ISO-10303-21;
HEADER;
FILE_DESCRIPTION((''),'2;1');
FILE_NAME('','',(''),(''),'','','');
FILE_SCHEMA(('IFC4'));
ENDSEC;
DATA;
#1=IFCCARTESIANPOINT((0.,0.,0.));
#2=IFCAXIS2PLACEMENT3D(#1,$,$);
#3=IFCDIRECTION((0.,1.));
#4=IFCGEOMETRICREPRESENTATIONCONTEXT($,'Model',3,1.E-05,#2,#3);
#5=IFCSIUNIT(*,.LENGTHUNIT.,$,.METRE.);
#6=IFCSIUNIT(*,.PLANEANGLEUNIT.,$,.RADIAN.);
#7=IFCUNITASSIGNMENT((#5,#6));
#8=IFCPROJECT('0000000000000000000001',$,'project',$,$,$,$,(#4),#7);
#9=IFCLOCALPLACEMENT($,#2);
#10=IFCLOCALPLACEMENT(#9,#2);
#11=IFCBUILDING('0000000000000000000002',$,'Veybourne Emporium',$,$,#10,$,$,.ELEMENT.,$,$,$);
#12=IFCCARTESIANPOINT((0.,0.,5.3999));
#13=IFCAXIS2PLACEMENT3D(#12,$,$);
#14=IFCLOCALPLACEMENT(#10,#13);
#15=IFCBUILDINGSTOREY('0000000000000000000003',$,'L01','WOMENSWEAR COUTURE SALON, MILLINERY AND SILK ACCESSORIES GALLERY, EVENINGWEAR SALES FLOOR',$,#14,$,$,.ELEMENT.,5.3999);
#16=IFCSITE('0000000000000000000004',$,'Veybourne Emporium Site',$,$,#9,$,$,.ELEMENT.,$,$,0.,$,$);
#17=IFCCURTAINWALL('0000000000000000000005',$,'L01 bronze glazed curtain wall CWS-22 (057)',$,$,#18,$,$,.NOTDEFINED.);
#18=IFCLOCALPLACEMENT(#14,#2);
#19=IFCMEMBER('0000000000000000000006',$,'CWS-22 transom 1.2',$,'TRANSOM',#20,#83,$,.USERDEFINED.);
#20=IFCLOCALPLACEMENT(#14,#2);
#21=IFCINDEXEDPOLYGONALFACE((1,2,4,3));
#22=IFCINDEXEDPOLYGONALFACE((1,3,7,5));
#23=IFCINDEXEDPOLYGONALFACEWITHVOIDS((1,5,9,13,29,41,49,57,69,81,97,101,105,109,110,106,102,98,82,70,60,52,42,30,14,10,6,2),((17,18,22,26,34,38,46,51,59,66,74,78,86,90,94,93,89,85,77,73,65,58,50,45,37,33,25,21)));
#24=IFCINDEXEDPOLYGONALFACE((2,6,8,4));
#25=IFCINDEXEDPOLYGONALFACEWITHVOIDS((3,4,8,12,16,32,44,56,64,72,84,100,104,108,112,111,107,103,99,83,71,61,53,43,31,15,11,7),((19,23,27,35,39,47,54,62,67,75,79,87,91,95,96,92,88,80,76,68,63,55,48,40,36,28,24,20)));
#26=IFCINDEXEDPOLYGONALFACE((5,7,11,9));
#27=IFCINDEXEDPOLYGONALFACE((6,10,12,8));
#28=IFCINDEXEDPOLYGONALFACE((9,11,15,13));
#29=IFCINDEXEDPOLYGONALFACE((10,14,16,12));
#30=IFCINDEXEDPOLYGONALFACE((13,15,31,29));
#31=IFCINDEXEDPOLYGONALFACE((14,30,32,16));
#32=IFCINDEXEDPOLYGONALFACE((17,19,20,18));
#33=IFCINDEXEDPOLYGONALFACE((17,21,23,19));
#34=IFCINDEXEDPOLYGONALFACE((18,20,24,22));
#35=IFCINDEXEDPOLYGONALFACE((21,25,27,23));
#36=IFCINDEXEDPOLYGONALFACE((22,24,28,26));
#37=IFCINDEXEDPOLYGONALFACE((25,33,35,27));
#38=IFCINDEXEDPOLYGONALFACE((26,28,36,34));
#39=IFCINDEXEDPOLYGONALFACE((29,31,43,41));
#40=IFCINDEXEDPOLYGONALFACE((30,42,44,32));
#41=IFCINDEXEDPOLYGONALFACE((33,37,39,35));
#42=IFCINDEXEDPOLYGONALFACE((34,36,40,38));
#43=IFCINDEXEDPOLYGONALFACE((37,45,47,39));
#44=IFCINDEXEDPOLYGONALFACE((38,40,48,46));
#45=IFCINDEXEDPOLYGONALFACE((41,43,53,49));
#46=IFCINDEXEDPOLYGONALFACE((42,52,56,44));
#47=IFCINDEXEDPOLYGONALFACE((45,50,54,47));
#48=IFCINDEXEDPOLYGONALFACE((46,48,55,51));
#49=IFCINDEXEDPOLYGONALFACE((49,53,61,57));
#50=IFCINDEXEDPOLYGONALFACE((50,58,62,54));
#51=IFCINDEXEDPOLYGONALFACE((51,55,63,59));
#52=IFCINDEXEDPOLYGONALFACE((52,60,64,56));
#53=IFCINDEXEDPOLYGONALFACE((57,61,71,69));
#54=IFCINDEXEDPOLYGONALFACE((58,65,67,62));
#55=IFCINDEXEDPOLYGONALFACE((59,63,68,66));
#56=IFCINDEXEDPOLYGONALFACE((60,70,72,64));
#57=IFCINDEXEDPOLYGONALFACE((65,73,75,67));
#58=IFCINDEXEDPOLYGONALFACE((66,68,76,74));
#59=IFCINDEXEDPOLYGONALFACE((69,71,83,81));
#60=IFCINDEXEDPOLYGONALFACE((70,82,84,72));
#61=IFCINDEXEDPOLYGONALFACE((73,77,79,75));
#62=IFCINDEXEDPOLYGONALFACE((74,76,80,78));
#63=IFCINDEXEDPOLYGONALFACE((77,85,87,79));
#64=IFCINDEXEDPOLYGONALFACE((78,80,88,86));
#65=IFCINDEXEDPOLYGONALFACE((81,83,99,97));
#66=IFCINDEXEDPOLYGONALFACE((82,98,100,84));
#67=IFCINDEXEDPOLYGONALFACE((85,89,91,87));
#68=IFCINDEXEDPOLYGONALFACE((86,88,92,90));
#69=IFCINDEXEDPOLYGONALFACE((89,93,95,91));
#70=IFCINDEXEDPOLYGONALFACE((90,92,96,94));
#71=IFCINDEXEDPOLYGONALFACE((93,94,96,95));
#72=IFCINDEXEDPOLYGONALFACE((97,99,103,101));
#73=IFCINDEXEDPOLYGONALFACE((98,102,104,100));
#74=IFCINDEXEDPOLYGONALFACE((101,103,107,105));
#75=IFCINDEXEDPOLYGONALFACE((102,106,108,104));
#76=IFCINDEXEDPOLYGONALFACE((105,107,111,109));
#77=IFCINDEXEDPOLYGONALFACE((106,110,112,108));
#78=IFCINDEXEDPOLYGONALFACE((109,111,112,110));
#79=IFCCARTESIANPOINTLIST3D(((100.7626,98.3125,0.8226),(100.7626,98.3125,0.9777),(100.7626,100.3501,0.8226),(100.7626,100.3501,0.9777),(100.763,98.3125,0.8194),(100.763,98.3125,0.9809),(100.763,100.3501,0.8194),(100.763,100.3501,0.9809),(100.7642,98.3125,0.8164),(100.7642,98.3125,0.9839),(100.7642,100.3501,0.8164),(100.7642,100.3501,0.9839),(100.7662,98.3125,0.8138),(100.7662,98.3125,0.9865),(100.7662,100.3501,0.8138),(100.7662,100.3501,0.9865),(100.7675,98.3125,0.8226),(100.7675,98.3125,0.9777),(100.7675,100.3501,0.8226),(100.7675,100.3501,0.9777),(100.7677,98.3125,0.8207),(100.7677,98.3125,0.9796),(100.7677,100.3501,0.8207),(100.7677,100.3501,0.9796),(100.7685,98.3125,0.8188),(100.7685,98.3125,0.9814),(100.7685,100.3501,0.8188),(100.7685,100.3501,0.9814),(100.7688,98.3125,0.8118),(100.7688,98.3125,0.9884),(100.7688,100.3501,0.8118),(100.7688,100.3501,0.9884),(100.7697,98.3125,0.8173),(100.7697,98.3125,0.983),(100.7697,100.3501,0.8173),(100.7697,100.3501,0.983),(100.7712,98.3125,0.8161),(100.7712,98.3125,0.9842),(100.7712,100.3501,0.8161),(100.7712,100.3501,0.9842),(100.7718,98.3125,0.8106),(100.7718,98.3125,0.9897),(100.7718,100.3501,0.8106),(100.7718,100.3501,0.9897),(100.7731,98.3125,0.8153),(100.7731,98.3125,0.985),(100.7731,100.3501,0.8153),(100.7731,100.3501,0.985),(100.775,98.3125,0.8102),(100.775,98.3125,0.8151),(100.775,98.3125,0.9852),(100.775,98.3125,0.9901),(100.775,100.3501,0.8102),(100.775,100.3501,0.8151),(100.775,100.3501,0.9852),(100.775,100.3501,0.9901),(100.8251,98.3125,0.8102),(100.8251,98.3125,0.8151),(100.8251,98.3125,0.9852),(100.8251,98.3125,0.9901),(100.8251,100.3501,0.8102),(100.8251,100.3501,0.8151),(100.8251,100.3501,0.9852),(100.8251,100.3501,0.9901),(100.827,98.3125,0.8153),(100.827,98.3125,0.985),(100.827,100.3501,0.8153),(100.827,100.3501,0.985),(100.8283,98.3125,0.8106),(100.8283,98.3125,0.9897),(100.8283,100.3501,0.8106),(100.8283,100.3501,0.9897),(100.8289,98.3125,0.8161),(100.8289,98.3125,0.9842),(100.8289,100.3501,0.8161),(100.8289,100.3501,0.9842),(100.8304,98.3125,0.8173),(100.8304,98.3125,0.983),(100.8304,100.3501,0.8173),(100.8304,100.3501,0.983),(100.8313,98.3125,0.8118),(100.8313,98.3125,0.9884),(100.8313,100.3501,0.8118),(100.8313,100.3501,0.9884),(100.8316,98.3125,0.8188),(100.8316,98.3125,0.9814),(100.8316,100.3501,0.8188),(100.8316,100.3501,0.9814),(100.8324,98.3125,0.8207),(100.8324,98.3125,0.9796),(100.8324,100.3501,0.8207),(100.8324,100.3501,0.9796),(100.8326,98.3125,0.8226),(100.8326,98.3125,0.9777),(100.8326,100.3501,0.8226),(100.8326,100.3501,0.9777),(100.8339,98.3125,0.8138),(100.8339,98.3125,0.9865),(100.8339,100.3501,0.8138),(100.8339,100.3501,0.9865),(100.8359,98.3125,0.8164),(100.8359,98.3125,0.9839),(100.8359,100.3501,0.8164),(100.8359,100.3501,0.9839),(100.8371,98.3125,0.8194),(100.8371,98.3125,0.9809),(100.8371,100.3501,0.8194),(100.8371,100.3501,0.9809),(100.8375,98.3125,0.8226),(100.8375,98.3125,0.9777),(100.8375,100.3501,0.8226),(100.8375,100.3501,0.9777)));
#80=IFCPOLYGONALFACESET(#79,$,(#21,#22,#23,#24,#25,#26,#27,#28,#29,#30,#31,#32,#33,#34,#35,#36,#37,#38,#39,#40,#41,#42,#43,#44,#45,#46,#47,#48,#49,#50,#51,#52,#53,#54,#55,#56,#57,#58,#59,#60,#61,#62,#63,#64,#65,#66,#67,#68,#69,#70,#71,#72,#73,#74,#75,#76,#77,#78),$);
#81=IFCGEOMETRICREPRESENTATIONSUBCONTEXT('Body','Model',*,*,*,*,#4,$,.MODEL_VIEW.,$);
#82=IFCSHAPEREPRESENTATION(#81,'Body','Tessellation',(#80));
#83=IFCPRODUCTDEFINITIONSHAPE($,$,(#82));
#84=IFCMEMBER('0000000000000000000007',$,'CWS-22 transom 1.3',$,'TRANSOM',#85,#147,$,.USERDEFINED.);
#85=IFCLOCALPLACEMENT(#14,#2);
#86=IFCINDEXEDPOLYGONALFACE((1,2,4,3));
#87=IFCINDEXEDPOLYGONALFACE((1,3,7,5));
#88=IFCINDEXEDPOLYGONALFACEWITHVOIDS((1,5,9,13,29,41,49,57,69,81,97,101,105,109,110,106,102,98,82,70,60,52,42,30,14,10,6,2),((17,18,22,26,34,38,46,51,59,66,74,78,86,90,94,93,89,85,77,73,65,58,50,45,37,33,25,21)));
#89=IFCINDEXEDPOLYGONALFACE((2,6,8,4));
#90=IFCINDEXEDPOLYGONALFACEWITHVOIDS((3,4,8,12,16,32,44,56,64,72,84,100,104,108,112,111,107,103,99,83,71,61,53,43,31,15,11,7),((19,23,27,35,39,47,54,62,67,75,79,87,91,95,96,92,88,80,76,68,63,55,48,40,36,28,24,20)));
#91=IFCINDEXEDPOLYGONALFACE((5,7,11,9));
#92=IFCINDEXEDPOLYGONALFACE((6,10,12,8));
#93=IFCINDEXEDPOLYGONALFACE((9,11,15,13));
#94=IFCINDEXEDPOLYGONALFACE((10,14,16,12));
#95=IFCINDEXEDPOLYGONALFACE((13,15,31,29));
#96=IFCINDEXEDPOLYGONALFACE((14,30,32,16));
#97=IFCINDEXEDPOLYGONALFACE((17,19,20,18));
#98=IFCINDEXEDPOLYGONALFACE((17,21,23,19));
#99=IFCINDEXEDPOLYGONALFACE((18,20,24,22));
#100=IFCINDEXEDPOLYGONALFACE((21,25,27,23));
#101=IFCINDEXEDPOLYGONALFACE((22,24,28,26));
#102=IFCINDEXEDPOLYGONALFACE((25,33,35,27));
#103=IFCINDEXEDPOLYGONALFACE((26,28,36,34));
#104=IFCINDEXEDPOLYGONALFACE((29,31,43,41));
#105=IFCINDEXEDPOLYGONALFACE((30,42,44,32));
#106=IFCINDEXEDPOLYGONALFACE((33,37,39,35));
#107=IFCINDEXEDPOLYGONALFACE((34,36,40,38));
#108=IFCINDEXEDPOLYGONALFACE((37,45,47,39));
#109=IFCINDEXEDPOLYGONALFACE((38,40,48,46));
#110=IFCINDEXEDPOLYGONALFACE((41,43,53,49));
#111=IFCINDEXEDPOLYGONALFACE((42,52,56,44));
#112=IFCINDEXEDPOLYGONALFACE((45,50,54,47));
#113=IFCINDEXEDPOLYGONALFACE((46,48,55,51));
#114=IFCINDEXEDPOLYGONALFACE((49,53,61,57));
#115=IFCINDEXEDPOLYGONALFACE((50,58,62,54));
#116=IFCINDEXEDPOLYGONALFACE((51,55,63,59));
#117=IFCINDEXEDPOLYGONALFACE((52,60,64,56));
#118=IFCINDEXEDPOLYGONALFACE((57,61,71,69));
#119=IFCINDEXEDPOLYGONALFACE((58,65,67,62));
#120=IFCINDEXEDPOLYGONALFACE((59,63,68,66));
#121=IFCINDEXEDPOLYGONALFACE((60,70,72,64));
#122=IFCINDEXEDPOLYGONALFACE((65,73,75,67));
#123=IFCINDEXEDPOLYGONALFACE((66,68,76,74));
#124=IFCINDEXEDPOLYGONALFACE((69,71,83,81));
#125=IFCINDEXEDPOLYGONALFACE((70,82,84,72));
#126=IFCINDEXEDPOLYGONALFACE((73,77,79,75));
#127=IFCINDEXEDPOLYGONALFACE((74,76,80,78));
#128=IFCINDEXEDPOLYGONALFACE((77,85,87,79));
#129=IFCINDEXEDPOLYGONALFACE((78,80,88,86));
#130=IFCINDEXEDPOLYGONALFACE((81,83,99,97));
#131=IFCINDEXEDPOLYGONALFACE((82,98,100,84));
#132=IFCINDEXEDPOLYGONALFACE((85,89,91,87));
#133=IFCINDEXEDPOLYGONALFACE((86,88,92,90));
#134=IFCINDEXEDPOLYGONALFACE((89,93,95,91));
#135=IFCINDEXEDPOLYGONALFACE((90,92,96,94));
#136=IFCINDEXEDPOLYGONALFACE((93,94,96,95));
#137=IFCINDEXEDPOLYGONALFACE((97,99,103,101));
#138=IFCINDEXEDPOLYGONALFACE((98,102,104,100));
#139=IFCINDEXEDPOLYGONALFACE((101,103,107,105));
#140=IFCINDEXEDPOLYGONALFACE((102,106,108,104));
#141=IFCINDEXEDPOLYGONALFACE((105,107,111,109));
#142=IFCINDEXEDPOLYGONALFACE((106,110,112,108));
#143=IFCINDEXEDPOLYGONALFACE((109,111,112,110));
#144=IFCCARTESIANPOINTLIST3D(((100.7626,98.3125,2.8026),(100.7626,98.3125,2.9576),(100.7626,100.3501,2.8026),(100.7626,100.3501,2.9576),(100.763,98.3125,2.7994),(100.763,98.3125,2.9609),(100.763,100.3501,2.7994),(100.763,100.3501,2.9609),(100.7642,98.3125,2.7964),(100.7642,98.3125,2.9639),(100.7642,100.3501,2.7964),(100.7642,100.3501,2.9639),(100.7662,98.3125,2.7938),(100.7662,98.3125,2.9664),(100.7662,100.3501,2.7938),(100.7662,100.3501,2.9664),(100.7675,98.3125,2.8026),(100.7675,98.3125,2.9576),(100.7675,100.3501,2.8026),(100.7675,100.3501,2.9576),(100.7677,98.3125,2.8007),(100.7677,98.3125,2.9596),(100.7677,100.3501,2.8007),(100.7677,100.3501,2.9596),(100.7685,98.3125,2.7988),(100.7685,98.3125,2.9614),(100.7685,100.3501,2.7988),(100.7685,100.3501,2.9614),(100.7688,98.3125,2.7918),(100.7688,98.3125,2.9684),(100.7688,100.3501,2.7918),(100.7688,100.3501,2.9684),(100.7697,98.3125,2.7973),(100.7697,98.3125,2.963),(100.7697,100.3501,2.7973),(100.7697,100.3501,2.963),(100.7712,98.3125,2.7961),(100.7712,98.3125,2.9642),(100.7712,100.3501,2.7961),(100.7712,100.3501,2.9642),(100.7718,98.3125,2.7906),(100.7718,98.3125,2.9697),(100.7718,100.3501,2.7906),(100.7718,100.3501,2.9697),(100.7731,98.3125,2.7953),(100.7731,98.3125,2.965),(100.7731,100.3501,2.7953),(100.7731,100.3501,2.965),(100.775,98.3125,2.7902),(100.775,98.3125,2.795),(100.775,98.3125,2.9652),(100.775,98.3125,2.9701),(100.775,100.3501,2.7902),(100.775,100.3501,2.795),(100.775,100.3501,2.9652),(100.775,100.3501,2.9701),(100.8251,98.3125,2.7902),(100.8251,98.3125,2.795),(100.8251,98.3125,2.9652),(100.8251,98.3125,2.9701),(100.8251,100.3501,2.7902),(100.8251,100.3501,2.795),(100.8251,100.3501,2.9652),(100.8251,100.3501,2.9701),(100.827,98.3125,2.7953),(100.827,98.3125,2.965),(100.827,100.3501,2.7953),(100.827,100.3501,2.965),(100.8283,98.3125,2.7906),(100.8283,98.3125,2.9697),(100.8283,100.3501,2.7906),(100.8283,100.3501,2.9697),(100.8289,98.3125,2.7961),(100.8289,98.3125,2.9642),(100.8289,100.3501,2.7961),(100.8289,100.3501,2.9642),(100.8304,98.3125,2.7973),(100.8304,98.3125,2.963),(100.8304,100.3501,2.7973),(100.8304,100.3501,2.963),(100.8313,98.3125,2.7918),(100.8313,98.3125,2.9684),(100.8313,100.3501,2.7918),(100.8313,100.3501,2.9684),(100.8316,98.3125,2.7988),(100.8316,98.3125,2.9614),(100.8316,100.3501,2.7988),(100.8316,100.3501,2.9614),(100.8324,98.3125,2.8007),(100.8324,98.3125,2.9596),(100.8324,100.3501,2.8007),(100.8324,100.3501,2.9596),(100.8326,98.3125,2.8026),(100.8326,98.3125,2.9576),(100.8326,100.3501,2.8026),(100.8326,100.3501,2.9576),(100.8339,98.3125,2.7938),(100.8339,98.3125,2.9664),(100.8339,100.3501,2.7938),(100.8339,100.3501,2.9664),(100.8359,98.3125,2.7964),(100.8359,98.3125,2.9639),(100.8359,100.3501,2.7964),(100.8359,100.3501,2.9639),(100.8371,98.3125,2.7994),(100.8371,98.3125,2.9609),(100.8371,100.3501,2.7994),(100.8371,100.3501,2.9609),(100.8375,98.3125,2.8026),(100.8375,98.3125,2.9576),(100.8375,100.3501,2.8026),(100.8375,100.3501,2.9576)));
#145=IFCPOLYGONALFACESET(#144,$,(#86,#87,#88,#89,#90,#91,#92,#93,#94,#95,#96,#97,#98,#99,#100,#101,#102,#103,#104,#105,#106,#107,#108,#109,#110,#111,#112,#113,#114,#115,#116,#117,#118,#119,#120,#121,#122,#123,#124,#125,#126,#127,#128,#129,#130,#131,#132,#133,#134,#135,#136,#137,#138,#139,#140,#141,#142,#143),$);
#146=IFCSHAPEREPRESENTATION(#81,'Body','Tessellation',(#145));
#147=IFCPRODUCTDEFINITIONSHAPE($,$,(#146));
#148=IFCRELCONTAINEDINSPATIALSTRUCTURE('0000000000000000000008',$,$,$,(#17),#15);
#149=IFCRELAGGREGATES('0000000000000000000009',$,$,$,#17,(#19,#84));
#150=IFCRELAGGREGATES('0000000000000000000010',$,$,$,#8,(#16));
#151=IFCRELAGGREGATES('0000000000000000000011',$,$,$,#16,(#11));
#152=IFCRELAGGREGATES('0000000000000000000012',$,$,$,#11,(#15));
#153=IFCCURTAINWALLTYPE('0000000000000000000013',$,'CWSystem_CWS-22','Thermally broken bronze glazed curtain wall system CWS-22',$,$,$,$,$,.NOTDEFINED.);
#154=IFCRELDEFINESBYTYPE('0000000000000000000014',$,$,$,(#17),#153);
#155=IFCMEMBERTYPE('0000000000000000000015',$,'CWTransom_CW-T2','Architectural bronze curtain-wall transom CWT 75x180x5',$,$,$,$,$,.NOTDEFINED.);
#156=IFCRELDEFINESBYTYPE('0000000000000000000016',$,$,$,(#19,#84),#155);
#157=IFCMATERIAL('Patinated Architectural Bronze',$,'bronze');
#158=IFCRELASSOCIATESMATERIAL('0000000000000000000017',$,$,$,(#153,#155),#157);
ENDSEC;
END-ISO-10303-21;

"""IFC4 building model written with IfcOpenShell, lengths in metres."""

from ifc_helpers import new_model, si_unit, direction, frame, origin, origin_2d, place, context, subcontext, project, spatial, hollow_rectangle, extrude, material, material_profile, profile_set, type_object, element, aggregate, save


model = new_model("IFC4")

# Units and contexts
model_context = context("Model", 3, precision=1e-05, world=origin(), true_north=direction((0.0, 1.0)))
body_context = subcontext(model_context, "Body", "Model", "MODEL_VIEW")
ifc_project = project(units=[si_unit("LENGTHUNIT", "METRE"), si_unit("PLANEANGLEUNIT", "RADIAN")], contexts=[model_context])

# Site, building, storey
site_placement = place(None, origin())
site = spatial("IfcSite", under=ifc_project, at=site_placement, Name="Veybourne Emporium Site", CompositionType="ELEMENT", RefElevation=0.0)
building_placement = place(site_placement, origin())
building = spatial("IfcBuilding", under=site, at=building_placement, Name="Veybourne Emporium", CompositionType="ELEMENT")
storey_placement = place(building_placement, frame((0.0, 0.0, 5.3999)))
storey = spatial("IfcBuildingStorey", under=building, at=storey_placement, Name="L01", Description="WOMENSWEAR COUTURE SALON, MILLINERY AND SILK ACCESSORIES GALLERY, EVENINGWEAR SALES FLOOR", CompositionType="ELEMENT", Elevation=5.3999)

# Curtain wall, members
ifc_material_1 = material(Name="Patinated Architectural Bronze", Category="bronze")
curtain_wall_type = type_object("IfcCurtainWallType", Name="CWSystem_CWS-22", Description="Thermally broken bronze glazed curtain wall system CWS-22", PredefinedType="NOTDEFINED", material=ifc_material_1)
curtain_wall_placement = place(storey_placement, origin())
curtain_wall = element("IfcCurtainWall", 1, at=curtain_wall_placement, inside=storey, type_object=curtain_wall_type, Name="L01 bronze glazed curtain wall CWS-22 (057)", PredefinedType="NOTDEFINED")
ifc_material_profile_1 = material_profile(ifc_material_1, hollow_rectangle(XDim=0.075, YDim=0.1799, WallThickness=0.0049, InnerFilletRadius=0.0076, OuterFilletRadius=0.0125, at=origin_2d()), Name="CWT 75x180x5")
ifc_profile_set_1 = profile_set([ifc_material_profile_1], Name="Patinated Architectural Bronze")
member_type_1 = type_object("IfcMemberType", Name="CWTransom_CW-T2", Description="Architectural bronze curtain-wall transom CWT 75x180x5", PredefinedType="NOTDEFINED", material=ifc_profile_set_1)
member_1_placement = place(storey_placement, frame((100.8, 100.3501, 0.9001), z_axis=(0.0, -1.0, 0.0), x_axis=(1.0, 0.0, 0.0)))
member_1 = element("IfcMember", 2, at=member_1_placement, type_object=member_type_1, Name="CWS-22 transom 1.2", ObjectType="TRANSOM", PredefinedType="USERDEFINED", context=body_context, shape_type="SweptSolid", body=[
    extrude(hollow_rectangle(XDim=0.075, YDim=0.1799, WallThickness=0.0049, InnerFilletRadius=0.0076, OuterFilletRadius=0.0125, at=origin_2d()), origin(), (0.0, 0.0, 1.0), 2.0376),
])
member_2_placement = place(storey_placement, frame((100.8, 100.3501, 2.8801), z_axis=(0.0, -1.0, 0.0), x_axis=(1.0, 0.0, 0.0)))
member_2 = element("IfcMember", 3, at=member_2_placement, type_object=member_type_1, Name="CWS-22 transom 1.3", ObjectType="TRANSOM", PredefinedType="USERDEFINED", context=body_context, shape_type="SweptSolid", body=[
    extrude(hollow_rectangle(XDim=0.075, YDim=0.1799, WallThickness=0.0049, InnerFilletRadius=0.0076, OuterFilletRadius=0.0125, at=origin_2d()), origin(), (0.0, 0.0, 1.0), 2.0376),
])

aggregate(curtain_wall, [member_1, member_2])

save(model, "model.ifc")
